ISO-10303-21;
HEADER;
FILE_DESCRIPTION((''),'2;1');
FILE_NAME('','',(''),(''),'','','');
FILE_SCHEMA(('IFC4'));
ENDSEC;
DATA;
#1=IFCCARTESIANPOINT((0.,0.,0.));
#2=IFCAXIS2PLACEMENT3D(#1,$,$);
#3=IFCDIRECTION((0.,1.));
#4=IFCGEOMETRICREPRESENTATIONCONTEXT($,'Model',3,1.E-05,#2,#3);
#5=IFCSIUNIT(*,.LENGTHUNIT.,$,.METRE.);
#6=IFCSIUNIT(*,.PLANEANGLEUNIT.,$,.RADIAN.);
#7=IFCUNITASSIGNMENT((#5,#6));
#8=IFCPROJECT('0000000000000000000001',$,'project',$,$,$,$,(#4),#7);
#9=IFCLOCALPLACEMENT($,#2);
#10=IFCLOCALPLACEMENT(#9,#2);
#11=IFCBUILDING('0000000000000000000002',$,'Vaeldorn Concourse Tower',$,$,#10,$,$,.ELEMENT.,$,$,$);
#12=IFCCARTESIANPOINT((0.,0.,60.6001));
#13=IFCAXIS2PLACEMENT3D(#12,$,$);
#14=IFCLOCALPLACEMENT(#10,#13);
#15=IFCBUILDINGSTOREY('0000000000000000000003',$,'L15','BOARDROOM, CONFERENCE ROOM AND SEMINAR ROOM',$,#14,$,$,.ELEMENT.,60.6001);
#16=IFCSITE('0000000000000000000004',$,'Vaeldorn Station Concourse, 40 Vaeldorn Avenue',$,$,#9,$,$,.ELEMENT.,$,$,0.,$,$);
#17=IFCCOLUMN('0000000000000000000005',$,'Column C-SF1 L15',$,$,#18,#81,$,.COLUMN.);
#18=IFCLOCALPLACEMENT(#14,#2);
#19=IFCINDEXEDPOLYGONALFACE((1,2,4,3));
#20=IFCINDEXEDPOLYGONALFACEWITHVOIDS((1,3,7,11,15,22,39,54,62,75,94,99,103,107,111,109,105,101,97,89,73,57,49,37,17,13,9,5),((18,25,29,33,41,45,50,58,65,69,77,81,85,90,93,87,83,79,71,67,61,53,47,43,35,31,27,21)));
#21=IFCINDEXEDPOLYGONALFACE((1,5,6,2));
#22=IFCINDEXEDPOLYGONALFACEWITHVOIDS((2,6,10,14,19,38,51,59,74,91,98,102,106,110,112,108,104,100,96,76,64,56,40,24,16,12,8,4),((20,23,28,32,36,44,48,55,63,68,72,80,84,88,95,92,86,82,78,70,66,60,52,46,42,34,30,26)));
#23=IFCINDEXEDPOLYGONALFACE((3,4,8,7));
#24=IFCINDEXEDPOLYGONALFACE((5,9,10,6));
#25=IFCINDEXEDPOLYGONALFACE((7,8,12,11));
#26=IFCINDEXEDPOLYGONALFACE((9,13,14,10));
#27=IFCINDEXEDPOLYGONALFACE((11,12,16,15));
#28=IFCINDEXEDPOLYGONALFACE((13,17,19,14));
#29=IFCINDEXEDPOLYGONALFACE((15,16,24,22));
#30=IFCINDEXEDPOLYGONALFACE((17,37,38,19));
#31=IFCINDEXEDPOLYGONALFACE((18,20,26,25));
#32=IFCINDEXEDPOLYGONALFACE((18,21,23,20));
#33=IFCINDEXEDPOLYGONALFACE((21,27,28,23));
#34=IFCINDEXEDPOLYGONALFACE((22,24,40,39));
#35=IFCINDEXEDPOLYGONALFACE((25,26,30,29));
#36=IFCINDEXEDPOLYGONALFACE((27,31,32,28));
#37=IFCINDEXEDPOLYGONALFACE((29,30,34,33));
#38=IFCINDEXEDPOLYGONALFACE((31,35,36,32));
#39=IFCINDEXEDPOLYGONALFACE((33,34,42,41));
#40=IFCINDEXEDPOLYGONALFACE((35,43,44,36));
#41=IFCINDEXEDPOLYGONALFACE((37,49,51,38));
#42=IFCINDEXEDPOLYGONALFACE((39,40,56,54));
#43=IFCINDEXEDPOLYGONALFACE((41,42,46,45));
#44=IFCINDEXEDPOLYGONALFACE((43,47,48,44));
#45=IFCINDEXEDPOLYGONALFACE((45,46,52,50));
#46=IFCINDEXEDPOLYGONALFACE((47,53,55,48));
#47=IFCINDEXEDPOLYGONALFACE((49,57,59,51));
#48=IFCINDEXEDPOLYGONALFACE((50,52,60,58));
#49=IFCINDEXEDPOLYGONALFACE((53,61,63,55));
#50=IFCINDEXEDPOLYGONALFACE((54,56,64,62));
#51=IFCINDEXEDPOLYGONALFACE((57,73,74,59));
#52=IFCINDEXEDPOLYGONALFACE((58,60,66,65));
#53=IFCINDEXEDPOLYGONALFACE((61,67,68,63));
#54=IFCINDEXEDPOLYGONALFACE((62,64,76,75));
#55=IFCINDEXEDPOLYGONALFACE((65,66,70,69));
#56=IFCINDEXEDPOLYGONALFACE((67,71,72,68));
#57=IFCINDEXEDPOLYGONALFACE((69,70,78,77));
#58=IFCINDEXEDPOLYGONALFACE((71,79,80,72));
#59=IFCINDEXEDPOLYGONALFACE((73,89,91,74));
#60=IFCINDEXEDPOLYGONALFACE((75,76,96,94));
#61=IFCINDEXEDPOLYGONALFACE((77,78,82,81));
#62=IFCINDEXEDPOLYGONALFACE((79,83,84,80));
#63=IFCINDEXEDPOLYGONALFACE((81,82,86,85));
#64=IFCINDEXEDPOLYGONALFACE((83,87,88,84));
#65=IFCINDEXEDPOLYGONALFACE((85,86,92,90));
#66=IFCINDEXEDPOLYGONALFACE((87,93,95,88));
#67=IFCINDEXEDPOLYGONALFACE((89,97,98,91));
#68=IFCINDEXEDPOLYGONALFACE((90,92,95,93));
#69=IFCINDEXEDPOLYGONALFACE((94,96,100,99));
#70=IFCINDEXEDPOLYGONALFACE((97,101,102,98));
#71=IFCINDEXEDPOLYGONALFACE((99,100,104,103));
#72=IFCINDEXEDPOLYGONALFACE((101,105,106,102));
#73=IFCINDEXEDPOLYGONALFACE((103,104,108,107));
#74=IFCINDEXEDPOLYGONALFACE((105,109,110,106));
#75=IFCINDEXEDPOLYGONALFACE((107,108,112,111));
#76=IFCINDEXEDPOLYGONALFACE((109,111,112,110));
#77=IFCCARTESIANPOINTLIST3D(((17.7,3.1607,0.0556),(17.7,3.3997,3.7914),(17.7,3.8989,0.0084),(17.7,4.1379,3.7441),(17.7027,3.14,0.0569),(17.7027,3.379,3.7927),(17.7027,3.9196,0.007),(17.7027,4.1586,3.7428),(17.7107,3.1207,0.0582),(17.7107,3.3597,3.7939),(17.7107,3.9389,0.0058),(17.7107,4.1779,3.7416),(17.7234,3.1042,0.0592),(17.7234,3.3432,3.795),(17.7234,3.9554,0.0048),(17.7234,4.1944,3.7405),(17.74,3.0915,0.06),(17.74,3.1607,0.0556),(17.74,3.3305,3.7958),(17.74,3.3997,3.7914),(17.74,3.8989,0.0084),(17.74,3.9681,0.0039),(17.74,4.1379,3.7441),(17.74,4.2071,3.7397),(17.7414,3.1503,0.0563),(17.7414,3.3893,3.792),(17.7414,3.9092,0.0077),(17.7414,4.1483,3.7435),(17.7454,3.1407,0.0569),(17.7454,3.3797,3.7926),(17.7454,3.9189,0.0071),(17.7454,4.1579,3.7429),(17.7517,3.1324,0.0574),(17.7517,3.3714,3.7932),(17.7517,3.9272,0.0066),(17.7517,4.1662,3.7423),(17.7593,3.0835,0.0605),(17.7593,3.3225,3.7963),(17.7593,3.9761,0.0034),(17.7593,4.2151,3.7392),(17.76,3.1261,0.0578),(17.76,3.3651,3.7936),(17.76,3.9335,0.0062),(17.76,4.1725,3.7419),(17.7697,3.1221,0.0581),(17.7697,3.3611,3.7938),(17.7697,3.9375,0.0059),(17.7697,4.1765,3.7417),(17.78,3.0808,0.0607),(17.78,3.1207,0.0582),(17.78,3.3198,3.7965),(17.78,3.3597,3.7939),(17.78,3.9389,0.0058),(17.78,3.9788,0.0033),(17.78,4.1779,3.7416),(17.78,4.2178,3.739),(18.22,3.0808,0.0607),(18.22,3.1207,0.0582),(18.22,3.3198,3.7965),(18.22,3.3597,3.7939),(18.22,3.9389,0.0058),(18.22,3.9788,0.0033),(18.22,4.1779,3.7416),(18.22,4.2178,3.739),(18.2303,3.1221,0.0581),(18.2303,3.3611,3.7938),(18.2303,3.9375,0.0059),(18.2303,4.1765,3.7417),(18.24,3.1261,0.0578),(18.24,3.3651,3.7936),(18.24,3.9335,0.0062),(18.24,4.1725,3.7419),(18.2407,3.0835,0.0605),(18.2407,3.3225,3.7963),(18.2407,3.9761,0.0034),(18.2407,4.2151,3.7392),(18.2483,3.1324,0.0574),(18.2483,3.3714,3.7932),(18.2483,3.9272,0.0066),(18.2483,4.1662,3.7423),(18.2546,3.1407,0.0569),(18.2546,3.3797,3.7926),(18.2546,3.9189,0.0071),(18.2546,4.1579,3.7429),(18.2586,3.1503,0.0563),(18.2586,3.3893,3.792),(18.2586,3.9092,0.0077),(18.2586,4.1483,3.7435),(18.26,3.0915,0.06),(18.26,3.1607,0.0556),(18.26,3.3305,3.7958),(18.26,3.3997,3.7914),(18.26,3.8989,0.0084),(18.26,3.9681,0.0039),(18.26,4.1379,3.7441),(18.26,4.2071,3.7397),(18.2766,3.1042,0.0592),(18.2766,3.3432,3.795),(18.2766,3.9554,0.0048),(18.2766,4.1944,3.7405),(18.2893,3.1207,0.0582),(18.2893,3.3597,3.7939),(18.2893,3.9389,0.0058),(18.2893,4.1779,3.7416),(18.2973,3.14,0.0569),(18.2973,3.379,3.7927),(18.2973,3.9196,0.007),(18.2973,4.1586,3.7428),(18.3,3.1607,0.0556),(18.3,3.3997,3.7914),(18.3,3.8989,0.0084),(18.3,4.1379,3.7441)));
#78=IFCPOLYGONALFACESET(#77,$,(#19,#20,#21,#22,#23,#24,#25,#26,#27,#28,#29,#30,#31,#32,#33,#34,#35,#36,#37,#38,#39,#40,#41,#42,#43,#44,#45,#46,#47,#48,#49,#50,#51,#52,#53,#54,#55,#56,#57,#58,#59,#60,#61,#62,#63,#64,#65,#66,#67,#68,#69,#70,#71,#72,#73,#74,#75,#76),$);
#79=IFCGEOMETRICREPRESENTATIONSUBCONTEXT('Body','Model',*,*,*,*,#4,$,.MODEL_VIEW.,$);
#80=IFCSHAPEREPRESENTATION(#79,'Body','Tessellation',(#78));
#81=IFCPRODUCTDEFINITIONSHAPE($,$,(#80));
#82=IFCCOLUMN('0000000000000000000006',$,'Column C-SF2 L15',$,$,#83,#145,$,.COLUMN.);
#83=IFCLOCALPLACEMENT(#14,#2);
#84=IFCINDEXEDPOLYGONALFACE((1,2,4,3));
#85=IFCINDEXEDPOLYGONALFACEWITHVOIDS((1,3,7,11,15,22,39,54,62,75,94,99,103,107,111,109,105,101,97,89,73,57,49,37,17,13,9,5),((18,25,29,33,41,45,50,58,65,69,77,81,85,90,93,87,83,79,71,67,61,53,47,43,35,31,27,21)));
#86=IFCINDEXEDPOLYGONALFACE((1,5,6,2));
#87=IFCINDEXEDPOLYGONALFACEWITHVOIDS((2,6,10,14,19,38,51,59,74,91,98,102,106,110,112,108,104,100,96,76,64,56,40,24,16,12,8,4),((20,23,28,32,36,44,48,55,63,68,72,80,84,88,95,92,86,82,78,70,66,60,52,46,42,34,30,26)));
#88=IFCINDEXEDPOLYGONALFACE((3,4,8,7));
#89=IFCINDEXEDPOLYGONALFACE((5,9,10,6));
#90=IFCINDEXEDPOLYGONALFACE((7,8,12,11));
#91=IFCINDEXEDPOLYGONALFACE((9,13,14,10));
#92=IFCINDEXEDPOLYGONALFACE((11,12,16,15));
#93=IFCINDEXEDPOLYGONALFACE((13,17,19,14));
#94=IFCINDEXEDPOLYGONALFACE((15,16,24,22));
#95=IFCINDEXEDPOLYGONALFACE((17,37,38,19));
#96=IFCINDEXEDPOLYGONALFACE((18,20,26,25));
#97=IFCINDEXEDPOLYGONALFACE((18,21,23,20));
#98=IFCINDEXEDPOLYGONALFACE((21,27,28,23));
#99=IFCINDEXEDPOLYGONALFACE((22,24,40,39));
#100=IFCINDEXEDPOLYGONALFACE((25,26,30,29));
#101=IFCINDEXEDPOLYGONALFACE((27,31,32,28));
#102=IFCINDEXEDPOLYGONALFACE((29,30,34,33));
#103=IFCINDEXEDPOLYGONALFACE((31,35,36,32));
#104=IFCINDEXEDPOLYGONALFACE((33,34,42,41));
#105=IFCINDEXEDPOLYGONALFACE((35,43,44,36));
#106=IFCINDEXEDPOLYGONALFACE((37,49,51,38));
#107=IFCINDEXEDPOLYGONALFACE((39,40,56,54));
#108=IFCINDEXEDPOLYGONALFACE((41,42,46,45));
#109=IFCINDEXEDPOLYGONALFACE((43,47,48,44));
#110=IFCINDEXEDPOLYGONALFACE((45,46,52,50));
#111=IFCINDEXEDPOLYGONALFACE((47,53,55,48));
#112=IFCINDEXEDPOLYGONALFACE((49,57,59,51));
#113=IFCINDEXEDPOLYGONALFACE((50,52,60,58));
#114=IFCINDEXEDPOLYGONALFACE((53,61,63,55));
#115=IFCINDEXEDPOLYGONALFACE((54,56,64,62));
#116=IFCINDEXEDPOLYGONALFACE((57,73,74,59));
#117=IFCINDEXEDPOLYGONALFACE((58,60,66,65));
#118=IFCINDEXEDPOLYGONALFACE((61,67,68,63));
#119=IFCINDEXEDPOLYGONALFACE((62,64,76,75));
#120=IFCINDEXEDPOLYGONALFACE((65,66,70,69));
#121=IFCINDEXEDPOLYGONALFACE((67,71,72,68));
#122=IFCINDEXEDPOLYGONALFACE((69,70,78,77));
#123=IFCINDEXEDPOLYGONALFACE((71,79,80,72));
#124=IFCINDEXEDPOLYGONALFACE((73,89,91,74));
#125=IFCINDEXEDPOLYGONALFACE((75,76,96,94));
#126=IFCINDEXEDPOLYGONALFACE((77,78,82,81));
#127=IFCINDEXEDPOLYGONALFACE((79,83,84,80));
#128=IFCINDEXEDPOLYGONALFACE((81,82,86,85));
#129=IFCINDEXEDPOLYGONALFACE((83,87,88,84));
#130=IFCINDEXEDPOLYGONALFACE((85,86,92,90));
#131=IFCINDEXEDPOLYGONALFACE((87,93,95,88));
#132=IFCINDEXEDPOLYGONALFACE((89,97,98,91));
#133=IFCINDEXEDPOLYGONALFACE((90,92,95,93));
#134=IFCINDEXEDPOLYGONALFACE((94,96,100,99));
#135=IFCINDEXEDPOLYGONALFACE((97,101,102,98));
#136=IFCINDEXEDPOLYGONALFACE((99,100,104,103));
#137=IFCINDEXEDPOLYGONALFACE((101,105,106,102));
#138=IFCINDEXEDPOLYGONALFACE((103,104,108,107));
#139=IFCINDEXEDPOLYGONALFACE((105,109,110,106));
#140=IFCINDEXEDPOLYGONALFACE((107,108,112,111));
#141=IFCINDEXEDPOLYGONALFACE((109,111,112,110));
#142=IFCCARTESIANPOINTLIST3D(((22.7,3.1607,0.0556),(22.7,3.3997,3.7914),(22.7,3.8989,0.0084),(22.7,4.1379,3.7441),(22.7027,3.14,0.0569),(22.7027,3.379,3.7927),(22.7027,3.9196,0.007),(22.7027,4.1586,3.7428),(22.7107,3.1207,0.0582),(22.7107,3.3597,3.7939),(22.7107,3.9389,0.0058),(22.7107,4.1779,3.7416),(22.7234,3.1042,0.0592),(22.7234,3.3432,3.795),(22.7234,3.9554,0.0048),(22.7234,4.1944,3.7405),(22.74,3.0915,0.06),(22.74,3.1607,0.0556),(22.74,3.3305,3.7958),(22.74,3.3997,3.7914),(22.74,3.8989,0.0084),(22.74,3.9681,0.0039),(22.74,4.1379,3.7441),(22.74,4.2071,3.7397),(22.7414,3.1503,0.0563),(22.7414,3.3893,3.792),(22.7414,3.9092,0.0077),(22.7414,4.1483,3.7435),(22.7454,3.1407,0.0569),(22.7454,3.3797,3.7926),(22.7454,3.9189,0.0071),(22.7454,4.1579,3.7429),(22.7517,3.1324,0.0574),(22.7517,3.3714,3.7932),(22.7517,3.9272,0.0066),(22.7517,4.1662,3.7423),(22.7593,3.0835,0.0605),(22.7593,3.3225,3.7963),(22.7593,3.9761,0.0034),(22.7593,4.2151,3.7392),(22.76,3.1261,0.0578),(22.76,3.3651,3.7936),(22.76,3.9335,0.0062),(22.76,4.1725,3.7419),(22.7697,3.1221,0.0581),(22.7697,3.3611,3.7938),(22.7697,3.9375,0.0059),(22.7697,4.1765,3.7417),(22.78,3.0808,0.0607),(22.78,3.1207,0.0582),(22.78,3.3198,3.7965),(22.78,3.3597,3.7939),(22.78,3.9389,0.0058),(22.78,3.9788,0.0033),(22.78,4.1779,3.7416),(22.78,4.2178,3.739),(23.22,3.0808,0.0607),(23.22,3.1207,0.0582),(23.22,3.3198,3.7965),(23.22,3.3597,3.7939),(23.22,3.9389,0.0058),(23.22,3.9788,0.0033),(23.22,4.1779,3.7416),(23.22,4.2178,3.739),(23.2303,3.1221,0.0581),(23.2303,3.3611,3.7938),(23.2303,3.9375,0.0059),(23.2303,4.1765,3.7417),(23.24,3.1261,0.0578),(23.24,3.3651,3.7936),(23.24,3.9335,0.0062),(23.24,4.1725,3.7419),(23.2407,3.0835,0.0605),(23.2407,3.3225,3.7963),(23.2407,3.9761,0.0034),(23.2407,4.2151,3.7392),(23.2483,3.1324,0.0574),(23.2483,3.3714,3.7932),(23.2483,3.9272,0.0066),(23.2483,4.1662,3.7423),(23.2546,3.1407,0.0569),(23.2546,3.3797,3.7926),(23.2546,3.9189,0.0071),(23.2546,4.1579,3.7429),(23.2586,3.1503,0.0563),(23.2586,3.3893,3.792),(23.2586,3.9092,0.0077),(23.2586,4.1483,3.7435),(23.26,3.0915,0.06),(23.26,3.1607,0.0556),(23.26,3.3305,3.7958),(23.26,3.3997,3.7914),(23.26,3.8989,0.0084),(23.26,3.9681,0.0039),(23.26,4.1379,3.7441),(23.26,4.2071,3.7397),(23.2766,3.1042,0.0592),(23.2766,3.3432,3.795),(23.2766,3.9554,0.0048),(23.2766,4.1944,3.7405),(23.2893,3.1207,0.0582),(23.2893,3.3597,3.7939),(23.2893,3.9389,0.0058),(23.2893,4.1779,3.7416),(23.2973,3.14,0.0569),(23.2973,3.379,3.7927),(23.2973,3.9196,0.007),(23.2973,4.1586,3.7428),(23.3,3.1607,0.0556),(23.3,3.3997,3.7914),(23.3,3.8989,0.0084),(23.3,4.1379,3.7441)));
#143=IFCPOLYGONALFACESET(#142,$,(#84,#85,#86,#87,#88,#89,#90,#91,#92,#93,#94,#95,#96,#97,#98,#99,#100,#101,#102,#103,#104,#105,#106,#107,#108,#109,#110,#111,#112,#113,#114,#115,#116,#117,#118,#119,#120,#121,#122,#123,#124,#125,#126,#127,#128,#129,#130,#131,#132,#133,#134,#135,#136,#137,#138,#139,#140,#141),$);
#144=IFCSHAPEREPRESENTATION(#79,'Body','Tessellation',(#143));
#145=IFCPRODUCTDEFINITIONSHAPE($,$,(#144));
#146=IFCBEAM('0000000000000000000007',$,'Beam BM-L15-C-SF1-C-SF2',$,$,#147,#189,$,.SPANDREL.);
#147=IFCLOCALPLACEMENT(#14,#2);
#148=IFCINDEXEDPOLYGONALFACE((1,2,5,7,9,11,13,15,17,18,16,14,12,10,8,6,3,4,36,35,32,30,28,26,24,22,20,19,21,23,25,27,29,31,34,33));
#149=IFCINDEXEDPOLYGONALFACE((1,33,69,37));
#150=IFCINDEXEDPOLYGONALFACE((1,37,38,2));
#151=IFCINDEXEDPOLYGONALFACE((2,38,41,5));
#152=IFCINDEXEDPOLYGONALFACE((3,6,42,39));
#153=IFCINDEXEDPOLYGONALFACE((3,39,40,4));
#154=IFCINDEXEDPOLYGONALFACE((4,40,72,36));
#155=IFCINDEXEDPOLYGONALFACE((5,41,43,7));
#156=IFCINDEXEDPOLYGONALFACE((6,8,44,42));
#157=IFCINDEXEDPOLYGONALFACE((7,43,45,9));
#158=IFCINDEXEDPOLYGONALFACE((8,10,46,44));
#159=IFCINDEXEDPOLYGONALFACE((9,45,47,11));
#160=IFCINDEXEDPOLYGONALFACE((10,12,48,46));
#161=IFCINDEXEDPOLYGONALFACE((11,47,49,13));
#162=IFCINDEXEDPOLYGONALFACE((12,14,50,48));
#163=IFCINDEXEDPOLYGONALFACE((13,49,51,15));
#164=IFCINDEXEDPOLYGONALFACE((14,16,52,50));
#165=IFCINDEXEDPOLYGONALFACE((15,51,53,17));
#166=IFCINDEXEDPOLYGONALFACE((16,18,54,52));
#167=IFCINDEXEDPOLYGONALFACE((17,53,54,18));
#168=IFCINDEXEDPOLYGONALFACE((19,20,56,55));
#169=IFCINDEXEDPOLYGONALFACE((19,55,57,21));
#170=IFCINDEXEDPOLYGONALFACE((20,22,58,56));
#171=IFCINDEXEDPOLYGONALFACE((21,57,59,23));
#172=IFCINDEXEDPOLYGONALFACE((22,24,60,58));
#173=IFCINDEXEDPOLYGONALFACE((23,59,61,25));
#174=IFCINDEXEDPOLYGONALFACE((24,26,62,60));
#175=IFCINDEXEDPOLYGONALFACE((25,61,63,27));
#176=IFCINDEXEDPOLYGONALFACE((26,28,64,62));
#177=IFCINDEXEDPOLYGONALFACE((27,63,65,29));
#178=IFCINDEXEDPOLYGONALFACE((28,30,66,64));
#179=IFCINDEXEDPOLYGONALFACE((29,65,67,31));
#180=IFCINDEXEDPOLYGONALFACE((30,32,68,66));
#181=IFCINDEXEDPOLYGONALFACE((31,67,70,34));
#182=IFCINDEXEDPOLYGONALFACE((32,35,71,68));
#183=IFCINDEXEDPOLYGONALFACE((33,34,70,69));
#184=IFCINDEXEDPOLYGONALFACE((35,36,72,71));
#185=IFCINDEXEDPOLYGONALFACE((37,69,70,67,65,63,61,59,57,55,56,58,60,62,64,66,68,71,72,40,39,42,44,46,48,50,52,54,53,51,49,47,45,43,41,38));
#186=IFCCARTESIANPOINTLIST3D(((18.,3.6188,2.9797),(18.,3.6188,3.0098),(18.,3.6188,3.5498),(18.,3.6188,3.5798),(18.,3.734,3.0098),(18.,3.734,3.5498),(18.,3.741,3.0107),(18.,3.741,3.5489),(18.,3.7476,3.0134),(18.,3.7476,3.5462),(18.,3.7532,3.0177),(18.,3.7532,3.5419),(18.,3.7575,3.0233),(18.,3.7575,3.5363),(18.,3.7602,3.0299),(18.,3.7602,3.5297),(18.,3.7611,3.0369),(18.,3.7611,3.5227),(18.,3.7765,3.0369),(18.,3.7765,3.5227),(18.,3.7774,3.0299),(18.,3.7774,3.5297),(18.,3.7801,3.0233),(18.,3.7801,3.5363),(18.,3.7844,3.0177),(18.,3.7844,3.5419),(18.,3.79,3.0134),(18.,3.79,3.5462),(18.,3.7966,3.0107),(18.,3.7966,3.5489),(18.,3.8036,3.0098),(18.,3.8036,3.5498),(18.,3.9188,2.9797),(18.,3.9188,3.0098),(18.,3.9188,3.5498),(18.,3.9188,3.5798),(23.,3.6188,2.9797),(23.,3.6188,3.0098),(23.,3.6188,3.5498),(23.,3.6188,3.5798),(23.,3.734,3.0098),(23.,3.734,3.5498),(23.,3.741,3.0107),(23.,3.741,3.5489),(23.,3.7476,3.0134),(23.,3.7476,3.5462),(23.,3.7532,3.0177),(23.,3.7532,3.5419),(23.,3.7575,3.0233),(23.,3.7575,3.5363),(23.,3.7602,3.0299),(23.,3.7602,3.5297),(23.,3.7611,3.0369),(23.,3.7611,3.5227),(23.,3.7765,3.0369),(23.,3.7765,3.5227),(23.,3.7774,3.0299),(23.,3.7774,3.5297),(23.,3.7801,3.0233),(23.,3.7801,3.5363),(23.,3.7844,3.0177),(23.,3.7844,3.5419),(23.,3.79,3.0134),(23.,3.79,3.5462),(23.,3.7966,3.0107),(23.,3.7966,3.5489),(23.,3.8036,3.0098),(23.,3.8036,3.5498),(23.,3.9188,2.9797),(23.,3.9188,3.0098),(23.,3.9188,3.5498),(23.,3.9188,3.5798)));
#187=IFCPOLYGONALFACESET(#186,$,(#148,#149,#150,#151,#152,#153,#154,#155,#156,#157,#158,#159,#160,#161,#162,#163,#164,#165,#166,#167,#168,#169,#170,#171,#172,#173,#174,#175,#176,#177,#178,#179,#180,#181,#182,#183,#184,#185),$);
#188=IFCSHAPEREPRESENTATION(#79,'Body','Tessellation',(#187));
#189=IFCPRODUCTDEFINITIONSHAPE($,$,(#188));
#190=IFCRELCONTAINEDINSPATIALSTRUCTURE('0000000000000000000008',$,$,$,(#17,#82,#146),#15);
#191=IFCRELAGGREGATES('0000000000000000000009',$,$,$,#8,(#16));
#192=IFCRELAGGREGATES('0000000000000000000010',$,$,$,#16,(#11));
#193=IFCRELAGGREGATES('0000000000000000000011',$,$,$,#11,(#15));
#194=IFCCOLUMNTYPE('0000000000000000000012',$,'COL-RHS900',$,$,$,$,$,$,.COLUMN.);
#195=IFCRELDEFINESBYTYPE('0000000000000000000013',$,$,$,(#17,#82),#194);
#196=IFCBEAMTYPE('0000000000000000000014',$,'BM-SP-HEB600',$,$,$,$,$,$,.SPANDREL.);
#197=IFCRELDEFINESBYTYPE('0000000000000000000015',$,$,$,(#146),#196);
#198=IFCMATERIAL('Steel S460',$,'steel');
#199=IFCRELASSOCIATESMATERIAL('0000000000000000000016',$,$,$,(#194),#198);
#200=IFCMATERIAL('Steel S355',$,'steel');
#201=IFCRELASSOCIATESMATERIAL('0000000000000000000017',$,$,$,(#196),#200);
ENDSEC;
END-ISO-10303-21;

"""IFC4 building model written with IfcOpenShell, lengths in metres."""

from ifc_helpers import new_model, si_unit, direction, frame, origin, origin_2d, place, context, subcontext, project, spatial, hollow_rectangle, i_section, extrude, source, transform, mapped, material, material_profile, profile_set, type_object, element, save


model = new_model("IFC4")

# Units and contexts
model_context = context("Model", 3, precision=1e-05, world=origin(), true_north=direction((0.0, 1.0)))
body_context = subcontext(model_context, "Body", "Model", "MODEL_VIEW")
ifc_project = project(units=[si_unit("LENGTHUNIT", "METRE"), si_unit("PLANEANGLEUNIT", "RADIAN")], contexts=[model_context])

# Site, building, storey
site_placement = place(None, origin())
site = spatial("IfcSite", under=ifc_project, at=site_placement, Name="Vaeldorn Station Concourse, 40 Vaeldorn Avenue", CompositionType="ELEMENT", RefElevation=0.0)
building_placement = place(site_placement, origin())
building = spatial("IfcBuilding", under=site, at=building_placement, Name="Vaeldorn Concourse Tower", CompositionType="ELEMENT")
storey_placement = place(building_placement, frame((0.0, 0.0, 60.6001)))
storey = spatial("IfcBuildingStorey", under=building, at=storey_placement, Name="L15", Description="BOARDROOM, CONFERENCE ROOM AND SEMINAR ROOM", CompositionType="ELEMENT", Elevation=60.6001)

# Columns
ifc_material_1 = material(Name="Steel S460", Category="steel")
ifc_material_profile_1 = material_profile(ifc_material_1, hollow_rectangle(XDim=0.6001, YDim=0.8999, WallThickness=0.04, InnerFilletRadius=0.04, OuterFilletRadius=0.0801, at=origin_2d()), Name="RHS 900x600x40")
ifc_profile_set_1 = profile_set([ifc_material_profile_1], Name="Steel S460")
column_type = type_object("IfcColumnType", Name="COL-RHS900", PredefinedType="COLUMN", material=ifc_profile_set_1)
shared_shape_1 = source(origin(), body_context, "Body", "SweptSolid", [
    extrude(hollow_rectangle(XDim=0.6001, YDim=0.8999, WallThickness=0.04, InnerFilletRadius=0.04, OuterFilletRadius=0.0801, at=origin_2d()), origin(), (0.0, 0.0, 1.0), 3.7434),
])
for number, where, z_axis, x_axis, name in (
    (1, (18.0, 3.5298, 0.032), (0.0, 0.063848, 0.99796), (-1.0, 0.0, 0.0), "Column C-SF1 L15"),
    (2, (23.0, 3.5298, 0.032), (0.0, 0.063848, 0.99796), (-1.0, 0.0, 0.0), "Column C-SF2 L15"),
):
    element("IfcColumn", number, at=place(storey_placement, frame(where, z_axis=z_axis, x_axis=x_axis)), inside=storey, type_object=column_type, Name=name, PredefinedType="COLUMN", context=body_context, shape_type="MappedRepresentation", body=[
        mapped(shared_shape_1, transform((0.0, 0.0, 0.0), scale=1.0)),
    ])

# Beam
ifc_material_2 = material(Name="Steel S355", Category="steel")
ifc_material_profile_2 = material_profile(ifc_material_2, i_section(OverallWidth=0.3, OverallDepth=0.6001, WebThickness=0.0154, FlangeThickness=0.03, FilletRadius=0.0271, at=origin_2d()), Name="HEB 600")
ifc_profile_set_2 = profile_set([ifc_material_profile_2], Name="Steel S355")
beam_type_1 = type_object("IfcBeamType", Name="BM-SP-HEB600", PredefinedType="SPANDREL", material=ifc_profile_set_2)
shared_shape_2 = source(origin(), body_context, "Body", "SweptSolid", [
    extrude(i_section(OverallWidth=0.3, OverallDepth=0.6001, WebThickness=0.0154, FlangeThickness=0.03, FilletRadius=0.0271, at=origin_2d()), origin(), (0.0, 0.0, 1.0), 5.0),
])
beam_1_placement = place(storey_placement, frame((18.0, 3.7688, 3.2798), z_axis=(1.0, 0.0, 0.0), x_axis=(0.0, 1.0, 0.0)))
element("IfcBeam", 3, at=beam_1_placement, inside=storey, type_object=beam_type_1, Name="Beam BM-L15-C-SF1-C-SF2", PredefinedType="SPANDREL", context=body_context, shape_type="MappedRepresentation", body=[
    mapped(shared_shape_2, transform((0.0, 0.0, 0.0), scale=1.0)),
])

save(model, "model.ifc")
